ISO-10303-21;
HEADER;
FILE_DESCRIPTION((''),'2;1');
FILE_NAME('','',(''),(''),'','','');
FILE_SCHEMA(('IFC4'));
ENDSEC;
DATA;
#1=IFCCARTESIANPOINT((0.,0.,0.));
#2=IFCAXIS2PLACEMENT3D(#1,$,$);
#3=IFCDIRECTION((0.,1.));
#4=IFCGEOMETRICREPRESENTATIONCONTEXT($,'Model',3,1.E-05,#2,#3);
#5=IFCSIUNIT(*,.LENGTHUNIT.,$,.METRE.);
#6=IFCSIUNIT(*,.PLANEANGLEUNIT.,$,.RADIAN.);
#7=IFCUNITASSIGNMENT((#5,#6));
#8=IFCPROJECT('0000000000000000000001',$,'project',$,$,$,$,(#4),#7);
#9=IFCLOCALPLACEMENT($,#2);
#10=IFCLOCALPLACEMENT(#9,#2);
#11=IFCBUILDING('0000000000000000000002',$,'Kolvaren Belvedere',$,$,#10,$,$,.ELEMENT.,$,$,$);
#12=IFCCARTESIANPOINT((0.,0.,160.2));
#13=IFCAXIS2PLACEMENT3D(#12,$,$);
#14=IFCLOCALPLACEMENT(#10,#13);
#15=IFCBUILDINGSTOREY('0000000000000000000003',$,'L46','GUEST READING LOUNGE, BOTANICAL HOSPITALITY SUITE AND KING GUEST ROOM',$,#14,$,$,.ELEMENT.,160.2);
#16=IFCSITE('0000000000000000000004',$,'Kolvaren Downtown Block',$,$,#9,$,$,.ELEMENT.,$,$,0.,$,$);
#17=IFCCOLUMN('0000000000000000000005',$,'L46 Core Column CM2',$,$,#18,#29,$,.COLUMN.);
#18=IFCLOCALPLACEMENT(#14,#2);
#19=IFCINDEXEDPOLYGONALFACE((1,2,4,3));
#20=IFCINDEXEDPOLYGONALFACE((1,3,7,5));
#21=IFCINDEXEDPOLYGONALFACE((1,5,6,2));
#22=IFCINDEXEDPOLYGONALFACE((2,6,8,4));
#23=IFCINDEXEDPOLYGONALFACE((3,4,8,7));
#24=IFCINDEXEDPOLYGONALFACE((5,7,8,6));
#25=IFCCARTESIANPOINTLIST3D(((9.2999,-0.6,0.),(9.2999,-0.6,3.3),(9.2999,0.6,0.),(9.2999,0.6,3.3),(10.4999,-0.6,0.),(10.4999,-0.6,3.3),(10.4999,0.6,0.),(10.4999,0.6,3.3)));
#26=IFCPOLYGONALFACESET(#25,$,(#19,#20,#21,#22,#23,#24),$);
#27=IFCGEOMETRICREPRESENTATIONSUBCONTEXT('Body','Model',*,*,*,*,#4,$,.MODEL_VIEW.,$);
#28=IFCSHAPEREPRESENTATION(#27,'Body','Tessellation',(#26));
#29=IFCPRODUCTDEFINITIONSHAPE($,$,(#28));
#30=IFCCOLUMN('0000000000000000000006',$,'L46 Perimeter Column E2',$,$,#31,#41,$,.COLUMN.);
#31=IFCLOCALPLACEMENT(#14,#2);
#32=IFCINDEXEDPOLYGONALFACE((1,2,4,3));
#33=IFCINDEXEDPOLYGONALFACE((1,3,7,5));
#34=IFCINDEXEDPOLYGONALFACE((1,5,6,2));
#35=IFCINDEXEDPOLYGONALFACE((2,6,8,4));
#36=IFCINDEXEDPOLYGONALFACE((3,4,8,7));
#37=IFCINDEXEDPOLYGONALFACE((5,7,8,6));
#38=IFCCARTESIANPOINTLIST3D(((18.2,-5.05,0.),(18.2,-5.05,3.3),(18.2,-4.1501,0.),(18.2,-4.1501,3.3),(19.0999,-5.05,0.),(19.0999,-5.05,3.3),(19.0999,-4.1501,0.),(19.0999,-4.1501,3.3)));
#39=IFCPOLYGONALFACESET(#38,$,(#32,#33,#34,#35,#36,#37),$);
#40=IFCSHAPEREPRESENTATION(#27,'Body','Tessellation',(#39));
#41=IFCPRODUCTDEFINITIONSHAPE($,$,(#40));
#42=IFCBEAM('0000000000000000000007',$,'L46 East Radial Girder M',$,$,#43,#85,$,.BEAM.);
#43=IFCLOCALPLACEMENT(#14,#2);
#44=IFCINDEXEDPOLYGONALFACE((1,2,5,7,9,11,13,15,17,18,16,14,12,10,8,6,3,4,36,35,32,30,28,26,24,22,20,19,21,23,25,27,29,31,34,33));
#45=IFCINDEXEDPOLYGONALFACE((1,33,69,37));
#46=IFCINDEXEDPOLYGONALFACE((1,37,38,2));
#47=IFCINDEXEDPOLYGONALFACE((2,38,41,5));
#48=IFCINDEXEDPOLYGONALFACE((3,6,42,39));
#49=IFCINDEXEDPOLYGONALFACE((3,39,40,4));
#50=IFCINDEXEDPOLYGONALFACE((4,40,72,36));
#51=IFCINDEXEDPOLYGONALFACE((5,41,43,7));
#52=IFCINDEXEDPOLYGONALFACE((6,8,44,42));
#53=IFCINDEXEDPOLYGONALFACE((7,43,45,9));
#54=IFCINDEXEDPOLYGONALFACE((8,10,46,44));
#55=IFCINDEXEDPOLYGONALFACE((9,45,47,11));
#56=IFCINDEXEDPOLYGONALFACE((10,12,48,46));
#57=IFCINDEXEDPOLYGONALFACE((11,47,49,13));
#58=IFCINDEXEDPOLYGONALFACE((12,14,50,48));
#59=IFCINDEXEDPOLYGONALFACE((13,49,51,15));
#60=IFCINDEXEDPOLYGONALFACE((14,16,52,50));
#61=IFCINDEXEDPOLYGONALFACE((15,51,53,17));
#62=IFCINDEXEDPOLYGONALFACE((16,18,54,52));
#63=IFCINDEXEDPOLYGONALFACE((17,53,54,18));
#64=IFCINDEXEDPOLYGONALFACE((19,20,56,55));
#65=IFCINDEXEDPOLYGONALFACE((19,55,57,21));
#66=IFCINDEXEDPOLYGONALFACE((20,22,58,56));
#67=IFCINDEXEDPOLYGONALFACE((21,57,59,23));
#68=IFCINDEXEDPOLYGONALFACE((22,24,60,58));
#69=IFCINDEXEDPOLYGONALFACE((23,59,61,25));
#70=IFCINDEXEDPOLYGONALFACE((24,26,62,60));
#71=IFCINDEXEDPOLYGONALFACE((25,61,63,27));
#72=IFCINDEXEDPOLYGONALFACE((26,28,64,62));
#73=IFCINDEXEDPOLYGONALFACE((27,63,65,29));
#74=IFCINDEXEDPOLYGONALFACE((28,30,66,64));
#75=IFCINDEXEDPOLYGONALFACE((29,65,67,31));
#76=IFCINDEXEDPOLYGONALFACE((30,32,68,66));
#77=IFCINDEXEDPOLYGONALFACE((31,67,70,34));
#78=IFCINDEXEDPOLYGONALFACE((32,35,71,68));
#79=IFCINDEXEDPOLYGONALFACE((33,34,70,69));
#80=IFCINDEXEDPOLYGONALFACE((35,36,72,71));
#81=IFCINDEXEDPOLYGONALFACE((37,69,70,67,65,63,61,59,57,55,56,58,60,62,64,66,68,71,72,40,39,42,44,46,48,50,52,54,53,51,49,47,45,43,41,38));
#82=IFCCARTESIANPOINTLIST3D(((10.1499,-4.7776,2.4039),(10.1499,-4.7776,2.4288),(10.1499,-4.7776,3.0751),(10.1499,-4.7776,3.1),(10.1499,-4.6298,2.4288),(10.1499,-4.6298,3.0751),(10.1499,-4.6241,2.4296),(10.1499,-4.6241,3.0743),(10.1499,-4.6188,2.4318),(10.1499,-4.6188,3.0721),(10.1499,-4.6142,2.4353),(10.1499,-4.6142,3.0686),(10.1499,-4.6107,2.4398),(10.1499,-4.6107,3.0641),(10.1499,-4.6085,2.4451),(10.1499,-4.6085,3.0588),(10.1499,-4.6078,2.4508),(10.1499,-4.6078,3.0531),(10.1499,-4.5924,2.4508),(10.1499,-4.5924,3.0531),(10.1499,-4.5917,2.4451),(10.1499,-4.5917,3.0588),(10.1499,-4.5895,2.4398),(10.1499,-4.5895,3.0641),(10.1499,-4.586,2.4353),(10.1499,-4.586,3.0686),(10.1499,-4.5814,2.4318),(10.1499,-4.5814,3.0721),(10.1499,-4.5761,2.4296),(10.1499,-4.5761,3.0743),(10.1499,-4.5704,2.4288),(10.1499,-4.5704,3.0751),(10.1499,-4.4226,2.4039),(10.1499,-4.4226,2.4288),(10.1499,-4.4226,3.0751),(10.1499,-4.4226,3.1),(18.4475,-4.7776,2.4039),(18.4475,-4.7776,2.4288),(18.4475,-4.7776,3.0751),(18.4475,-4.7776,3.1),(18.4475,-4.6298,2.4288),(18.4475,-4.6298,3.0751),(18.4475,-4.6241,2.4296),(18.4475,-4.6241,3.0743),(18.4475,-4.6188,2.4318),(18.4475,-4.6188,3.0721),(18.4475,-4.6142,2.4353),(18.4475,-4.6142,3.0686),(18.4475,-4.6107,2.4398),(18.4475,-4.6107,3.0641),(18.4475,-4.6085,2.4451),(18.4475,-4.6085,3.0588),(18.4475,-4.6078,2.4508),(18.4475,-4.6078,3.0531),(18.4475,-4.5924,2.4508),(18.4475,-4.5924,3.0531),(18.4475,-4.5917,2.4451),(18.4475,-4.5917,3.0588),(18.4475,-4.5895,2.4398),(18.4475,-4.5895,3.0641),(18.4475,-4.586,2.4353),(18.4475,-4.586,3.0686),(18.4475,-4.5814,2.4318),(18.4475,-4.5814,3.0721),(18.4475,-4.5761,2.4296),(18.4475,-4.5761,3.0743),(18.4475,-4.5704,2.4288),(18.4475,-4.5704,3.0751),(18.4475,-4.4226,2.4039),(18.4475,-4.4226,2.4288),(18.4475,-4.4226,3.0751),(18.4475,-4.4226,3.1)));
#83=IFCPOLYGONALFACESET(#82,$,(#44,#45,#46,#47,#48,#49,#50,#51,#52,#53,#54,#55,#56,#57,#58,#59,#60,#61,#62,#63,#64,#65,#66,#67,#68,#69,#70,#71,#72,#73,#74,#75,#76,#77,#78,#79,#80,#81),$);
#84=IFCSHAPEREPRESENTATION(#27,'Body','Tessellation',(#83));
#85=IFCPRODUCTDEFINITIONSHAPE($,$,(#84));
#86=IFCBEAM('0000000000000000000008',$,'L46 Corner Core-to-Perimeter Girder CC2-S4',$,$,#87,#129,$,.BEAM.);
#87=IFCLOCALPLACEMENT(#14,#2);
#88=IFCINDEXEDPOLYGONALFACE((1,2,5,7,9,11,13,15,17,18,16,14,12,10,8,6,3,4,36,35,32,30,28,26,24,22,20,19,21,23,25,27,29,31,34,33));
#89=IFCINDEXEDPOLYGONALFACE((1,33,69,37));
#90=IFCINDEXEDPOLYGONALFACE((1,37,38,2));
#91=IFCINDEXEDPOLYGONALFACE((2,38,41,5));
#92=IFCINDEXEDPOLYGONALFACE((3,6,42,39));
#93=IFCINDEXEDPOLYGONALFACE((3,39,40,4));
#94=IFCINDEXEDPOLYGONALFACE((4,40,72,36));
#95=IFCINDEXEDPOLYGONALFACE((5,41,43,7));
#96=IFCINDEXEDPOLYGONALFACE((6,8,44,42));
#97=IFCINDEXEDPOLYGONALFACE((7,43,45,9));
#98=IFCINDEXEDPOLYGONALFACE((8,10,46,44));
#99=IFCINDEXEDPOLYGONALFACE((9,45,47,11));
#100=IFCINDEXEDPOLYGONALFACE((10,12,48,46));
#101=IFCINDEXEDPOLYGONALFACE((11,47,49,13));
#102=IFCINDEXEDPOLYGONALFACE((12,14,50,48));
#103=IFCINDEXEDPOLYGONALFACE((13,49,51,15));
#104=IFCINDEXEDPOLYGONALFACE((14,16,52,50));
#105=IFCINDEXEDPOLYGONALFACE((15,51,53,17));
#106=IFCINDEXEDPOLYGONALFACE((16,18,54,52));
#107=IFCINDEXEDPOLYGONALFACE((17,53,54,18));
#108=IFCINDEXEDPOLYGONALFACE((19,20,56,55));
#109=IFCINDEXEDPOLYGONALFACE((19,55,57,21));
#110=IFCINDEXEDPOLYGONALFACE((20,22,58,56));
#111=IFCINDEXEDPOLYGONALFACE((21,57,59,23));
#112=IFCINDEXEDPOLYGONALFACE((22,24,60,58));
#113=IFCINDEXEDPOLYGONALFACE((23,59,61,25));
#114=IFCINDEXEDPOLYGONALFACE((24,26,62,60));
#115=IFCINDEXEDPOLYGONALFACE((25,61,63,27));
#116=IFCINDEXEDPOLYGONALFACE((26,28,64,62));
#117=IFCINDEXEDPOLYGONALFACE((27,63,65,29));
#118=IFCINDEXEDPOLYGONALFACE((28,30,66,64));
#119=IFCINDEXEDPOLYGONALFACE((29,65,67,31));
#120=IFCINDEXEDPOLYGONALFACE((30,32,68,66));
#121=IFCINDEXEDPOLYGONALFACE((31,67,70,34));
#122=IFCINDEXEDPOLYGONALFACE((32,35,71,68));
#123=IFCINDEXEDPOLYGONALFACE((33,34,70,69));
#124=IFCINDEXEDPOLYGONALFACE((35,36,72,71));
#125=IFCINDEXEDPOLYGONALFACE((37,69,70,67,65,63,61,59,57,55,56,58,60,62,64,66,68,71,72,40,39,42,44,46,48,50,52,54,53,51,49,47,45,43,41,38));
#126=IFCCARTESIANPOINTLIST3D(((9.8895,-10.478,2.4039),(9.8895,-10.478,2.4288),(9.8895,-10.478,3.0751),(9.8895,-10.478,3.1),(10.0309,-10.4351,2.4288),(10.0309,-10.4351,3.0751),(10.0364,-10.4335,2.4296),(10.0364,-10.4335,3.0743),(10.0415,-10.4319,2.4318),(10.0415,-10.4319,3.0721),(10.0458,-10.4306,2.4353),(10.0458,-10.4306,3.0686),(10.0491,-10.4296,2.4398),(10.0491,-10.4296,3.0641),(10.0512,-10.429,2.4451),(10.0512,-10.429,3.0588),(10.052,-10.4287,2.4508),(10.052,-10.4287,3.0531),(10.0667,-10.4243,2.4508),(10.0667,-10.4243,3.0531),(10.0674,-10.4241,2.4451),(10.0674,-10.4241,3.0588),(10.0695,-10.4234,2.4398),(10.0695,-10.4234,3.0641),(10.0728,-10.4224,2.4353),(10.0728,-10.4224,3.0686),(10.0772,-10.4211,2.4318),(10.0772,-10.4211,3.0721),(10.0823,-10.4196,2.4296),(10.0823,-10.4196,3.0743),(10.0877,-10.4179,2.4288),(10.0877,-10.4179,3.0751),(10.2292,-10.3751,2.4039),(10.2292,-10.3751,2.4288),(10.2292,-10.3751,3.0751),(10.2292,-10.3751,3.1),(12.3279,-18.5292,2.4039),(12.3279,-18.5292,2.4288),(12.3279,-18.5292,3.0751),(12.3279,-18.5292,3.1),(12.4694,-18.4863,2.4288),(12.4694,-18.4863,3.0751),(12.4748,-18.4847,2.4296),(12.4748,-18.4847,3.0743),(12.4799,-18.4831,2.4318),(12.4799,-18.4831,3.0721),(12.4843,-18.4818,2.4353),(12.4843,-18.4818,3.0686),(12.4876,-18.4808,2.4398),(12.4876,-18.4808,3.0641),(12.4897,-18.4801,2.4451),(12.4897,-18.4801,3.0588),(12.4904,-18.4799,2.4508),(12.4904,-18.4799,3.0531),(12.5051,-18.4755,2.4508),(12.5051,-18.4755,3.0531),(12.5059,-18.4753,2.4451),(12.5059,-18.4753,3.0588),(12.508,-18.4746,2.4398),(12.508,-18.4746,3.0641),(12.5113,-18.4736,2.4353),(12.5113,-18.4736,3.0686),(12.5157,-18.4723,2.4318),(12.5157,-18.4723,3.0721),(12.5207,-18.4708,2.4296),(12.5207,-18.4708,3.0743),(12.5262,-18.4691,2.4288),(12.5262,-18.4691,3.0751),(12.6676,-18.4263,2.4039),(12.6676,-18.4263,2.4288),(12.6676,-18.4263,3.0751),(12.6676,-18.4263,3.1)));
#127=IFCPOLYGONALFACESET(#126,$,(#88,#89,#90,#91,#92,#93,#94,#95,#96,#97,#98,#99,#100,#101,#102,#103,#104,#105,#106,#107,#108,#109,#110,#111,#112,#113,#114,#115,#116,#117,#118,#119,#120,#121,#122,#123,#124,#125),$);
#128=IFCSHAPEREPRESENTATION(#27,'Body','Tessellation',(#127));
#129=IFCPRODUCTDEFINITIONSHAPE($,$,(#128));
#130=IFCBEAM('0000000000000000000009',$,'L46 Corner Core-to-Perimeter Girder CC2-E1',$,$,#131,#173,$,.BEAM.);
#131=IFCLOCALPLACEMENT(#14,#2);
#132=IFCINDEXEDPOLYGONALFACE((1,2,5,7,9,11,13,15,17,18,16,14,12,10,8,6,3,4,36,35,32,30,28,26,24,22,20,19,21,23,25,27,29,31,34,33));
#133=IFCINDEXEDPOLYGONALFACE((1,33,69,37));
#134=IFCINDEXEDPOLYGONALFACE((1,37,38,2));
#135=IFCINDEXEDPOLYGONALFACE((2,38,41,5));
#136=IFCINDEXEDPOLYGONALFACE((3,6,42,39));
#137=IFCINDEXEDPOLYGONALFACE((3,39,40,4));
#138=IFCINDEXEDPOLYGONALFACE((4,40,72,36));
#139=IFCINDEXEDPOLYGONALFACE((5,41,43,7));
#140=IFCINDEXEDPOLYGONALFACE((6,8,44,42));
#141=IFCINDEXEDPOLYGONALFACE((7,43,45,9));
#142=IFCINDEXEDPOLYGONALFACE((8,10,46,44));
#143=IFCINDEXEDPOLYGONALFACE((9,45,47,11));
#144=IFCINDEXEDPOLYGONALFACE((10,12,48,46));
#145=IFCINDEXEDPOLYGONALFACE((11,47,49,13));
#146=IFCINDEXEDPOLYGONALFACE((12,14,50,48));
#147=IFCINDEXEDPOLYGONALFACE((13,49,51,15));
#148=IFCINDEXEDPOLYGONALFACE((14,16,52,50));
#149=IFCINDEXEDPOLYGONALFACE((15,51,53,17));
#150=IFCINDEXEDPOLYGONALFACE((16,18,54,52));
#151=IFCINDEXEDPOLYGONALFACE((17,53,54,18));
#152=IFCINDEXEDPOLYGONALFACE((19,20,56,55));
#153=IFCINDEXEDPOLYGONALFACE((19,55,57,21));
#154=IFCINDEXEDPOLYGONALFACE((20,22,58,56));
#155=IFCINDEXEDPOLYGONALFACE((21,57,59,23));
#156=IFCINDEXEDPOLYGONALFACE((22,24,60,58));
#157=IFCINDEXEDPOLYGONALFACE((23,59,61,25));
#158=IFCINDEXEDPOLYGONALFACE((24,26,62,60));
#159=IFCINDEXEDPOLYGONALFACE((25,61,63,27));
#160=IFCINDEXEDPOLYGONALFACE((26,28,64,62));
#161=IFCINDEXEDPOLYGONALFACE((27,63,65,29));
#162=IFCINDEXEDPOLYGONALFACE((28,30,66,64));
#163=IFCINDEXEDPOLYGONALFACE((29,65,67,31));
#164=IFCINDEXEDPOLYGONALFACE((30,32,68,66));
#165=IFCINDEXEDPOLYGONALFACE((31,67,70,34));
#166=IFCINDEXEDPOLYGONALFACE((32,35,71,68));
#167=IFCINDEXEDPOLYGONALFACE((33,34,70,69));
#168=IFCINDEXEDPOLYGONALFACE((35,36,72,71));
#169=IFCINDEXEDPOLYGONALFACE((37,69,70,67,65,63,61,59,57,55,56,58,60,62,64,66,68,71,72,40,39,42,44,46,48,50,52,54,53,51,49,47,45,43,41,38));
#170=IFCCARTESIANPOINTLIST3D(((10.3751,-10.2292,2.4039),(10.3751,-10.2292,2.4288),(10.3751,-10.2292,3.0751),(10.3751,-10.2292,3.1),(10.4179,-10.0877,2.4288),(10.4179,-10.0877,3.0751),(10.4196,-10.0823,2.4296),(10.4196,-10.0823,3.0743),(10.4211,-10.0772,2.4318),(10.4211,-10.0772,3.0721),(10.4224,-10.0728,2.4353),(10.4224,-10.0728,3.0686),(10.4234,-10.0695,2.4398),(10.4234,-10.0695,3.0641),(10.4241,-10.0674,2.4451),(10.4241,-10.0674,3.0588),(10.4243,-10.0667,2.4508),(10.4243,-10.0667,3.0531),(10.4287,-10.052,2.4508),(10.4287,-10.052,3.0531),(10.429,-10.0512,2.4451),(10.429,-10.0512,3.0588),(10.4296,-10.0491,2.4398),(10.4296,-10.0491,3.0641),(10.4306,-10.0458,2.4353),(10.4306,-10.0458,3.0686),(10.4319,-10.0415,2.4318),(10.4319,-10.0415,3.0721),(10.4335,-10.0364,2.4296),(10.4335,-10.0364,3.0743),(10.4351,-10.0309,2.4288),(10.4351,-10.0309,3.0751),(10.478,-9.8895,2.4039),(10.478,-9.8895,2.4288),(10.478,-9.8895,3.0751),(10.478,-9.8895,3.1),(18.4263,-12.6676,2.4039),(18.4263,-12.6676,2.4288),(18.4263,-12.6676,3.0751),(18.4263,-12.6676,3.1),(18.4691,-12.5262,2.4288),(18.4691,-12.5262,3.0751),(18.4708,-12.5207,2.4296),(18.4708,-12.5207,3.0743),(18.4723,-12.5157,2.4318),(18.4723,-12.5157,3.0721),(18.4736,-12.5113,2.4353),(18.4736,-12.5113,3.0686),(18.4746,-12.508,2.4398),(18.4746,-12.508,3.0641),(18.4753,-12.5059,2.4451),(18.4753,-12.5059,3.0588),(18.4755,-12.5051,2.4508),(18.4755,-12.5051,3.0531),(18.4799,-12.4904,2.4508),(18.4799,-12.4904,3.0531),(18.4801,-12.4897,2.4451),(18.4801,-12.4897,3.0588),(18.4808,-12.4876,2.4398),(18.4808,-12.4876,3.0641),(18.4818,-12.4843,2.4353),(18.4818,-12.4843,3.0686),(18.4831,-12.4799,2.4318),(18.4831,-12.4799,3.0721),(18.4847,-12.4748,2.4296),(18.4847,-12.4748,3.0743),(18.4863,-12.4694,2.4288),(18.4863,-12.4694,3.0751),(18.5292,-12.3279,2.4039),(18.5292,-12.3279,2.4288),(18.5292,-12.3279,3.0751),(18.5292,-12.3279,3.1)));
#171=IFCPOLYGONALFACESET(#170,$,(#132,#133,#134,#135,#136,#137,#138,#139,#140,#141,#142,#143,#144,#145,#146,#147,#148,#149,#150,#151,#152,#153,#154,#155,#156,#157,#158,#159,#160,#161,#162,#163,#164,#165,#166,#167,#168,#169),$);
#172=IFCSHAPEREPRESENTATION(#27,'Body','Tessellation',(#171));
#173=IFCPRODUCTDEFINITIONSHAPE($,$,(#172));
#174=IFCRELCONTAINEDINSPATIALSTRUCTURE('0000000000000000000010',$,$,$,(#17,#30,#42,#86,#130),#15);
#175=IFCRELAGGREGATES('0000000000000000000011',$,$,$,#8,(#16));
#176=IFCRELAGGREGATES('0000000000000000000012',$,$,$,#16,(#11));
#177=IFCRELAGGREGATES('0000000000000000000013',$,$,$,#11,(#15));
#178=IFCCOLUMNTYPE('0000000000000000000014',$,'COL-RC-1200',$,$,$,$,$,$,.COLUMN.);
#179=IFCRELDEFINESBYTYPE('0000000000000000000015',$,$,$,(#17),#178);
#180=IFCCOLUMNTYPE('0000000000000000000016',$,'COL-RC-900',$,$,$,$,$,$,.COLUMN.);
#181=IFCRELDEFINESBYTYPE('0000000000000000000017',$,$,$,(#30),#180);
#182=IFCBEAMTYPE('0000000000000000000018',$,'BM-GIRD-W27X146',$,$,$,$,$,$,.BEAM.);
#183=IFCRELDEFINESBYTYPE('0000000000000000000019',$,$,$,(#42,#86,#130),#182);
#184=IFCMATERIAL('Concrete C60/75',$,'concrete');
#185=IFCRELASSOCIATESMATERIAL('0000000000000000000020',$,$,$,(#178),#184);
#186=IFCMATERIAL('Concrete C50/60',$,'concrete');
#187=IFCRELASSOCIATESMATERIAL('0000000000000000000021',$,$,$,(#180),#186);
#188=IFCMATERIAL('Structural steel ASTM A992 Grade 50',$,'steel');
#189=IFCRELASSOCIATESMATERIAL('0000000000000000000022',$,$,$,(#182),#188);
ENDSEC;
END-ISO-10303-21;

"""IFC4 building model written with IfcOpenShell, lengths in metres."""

from ifc_helpers import new_model, si_unit, direction, frame, origin, origin_2d, place, context, subcontext, project, spatial, rectangle, i_section, extrude, material, material_profile, profile_set, type_object, element, save


model = new_model("IFC4")

# Units and contexts
model_context = context("Model", 3, precision=1e-05, world=origin(), true_north=direction((0.0, 1.0)))
body_context = subcontext(model_context, "Body", "Model", "MODEL_VIEW")
ifc_project = project(units=[si_unit("LENGTHUNIT", "METRE"), si_unit("PLANEANGLEUNIT", "RADIAN")], contexts=[model_context])

# Site, building, storey
site_placement = place(None, origin())
site = spatial("IfcSite", under=ifc_project, at=site_placement, Name="Kolvaren Downtown Block", CompositionType="ELEMENT", RefElevation=0.0)
building_placement = place(site_placement, origin())
building = spatial("IfcBuilding", under=site, at=building_placement, Name="Kolvaren Belvedere", CompositionType="ELEMENT")
storey_placement = place(building_placement, frame((0.0, 0.0, 160.2)))
storey = spatial("IfcBuildingStorey", under=building, at=storey_placement, Name="L46", Description="GUEST READING LOUNGE, BOTANICAL HOSPITALITY SUITE AND KING GUEST ROOM", CompositionType="ELEMENT", Elevation=160.2)

# Columns
ifc_material_1 = material(Name="Concrete C60/75", Category="concrete")
ifc_material_profile_1 = material_profile(ifc_material_1, rectangle(XDim=1.2, YDim=1.2, at=origin_2d()), Name="RC 1200X1200")
ifc_profile_set_1 = profile_set([ifc_material_profile_1], Name="Concrete C60/75")
column_type_1 = type_object("IfcColumnType", Name="COL-RC-1200", PredefinedType="COLUMN", material=ifc_profile_set_1)
column_1_placement = place(storey_placement, frame((9.8999, 0.0, 0.0), z_axis=(0.0, 0.0, 1.0), x_axis=(1.0, 0.0, 0.0)))
element("IfcColumn", 1, at=column_1_placement, inside=storey, type_object=column_type_1, Name="L46 Core Column CM2", PredefinedType="COLUMN", context=body_context, shape_type="SweptSolid", body=[
    extrude(rectangle(XDim=1.2, YDim=1.2, at=origin_2d()), origin(), (0.0, 0.0, 1.0), 3.3),
])
ifc_material_2 = material(Name="Concrete C50/60", Category="concrete")
ifc_material_profile_2 = material_profile(ifc_material_2, rectangle(XDim=0.8999, YDim=0.8999, at=origin_2d()), Name="RC 900X900")
ifc_profile_set_2 = profile_set([ifc_material_profile_2], Name="Concrete C50/60")
column_type_2 = type_object("IfcColumnType", Name="COL-RC-900", PredefinedType="COLUMN", material=ifc_profile_set_2)
column_2_placement = place(storey_placement, frame((18.6499, -4.6001, 0.0), z_axis=(0.0, 0.0, 1.0), x_axis=(1.0, 0.0, 0.0)))
element("IfcColumn", 2, at=column_2_placement, inside=storey, type_object=column_type_2, Name="L46 Perimeter Column E2", PredefinedType="COLUMN", context=body_context, shape_type="SweptSolid", body=[
    extrude(rectangle(XDim=0.8999, YDim=0.8999, at=origin_2d()), origin(), (0.0, 0.0, 1.0), 3.3),
])

# Beams
ifc_material_3 = material(Name="Structural steel ASTM A992 Grade 50", Category="steel")
ifc_material_profile_3 = material_profile(ifc_material_3, i_section(OverallWidth=0.355, OverallDepth=0.696, WebThickness=0.0154, FlangeThickness=0.0249, FilletRadius=0.022, at=origin_2d()), Name="W27X146")
ifc_profile_set_3 = profile_set([ifc_material_profile_3], Name="Structural steel ASTM A992 Grade 50")
beam_type_1 = type_object("IfcBeamType", Name="BM-GIRD-W27X146", PredefinedType="BEAM", material=ifc_profile_set_3)
beam_1_placement = place(storey_placement, frame((10.1499, -4.6001, 2.752), z_axis=(1.0, 0.0, 0.0), x_axis=(0.0, 1.0, 0.0)))
element("IfcBeam", 3, at=beam_1_placement, inside=storey, type_object=beam_type_1, Name="L46 East Radial Girder M", PredefinedType="BEAM", context=body_context, shape_type="SweptSolid", body=[
    extrude(i_section(OverallWidth=0.355, OverallDepth=0.696, WebThickness=0.0154, FlangeThickness=0.0249, FilletRadius=0.022, at=origin_2d()), origin(), (0.0, 0.0, 1.0), 8.2976),
])
for number, where, z_axis, x_axis, name in (
    (4, (10.0593, -10.4265, 2.752), (0.289866, -0.957067, 0.0), (0.957067, 0.289866, 0.0), "L46 Corner Core-to-Perimeter Girder CC2-S4"),
    (5, (10.4265, -10.0593, 2.752), (0.957067, -0.289866, 0.0), (0.289866, 0.957067, 0.0), "L46 Corner Core-to-Perimeter Girder CC2-E1"),
):
    element("IfcBeam", number, at=place(storey_placement, frame(where, z_axis=z_axis, x_axis=x_axis)), inside=storey, type_object=beam_type_1, Name=name, PredefinedType="BEAM", context=body_context, shape_type="SweptSolid", body=[
        extrude(i_section(OverallWidth=0.355, OverallDepth=0.696, WebThickness=0.0154, FlangeThickness=0.0249, FilletRadius=0.022, at=origin_2d()), origin(), (0.0, 0.0, 1.0), 8.4124),
    ])

save(model, "model.ifc")
